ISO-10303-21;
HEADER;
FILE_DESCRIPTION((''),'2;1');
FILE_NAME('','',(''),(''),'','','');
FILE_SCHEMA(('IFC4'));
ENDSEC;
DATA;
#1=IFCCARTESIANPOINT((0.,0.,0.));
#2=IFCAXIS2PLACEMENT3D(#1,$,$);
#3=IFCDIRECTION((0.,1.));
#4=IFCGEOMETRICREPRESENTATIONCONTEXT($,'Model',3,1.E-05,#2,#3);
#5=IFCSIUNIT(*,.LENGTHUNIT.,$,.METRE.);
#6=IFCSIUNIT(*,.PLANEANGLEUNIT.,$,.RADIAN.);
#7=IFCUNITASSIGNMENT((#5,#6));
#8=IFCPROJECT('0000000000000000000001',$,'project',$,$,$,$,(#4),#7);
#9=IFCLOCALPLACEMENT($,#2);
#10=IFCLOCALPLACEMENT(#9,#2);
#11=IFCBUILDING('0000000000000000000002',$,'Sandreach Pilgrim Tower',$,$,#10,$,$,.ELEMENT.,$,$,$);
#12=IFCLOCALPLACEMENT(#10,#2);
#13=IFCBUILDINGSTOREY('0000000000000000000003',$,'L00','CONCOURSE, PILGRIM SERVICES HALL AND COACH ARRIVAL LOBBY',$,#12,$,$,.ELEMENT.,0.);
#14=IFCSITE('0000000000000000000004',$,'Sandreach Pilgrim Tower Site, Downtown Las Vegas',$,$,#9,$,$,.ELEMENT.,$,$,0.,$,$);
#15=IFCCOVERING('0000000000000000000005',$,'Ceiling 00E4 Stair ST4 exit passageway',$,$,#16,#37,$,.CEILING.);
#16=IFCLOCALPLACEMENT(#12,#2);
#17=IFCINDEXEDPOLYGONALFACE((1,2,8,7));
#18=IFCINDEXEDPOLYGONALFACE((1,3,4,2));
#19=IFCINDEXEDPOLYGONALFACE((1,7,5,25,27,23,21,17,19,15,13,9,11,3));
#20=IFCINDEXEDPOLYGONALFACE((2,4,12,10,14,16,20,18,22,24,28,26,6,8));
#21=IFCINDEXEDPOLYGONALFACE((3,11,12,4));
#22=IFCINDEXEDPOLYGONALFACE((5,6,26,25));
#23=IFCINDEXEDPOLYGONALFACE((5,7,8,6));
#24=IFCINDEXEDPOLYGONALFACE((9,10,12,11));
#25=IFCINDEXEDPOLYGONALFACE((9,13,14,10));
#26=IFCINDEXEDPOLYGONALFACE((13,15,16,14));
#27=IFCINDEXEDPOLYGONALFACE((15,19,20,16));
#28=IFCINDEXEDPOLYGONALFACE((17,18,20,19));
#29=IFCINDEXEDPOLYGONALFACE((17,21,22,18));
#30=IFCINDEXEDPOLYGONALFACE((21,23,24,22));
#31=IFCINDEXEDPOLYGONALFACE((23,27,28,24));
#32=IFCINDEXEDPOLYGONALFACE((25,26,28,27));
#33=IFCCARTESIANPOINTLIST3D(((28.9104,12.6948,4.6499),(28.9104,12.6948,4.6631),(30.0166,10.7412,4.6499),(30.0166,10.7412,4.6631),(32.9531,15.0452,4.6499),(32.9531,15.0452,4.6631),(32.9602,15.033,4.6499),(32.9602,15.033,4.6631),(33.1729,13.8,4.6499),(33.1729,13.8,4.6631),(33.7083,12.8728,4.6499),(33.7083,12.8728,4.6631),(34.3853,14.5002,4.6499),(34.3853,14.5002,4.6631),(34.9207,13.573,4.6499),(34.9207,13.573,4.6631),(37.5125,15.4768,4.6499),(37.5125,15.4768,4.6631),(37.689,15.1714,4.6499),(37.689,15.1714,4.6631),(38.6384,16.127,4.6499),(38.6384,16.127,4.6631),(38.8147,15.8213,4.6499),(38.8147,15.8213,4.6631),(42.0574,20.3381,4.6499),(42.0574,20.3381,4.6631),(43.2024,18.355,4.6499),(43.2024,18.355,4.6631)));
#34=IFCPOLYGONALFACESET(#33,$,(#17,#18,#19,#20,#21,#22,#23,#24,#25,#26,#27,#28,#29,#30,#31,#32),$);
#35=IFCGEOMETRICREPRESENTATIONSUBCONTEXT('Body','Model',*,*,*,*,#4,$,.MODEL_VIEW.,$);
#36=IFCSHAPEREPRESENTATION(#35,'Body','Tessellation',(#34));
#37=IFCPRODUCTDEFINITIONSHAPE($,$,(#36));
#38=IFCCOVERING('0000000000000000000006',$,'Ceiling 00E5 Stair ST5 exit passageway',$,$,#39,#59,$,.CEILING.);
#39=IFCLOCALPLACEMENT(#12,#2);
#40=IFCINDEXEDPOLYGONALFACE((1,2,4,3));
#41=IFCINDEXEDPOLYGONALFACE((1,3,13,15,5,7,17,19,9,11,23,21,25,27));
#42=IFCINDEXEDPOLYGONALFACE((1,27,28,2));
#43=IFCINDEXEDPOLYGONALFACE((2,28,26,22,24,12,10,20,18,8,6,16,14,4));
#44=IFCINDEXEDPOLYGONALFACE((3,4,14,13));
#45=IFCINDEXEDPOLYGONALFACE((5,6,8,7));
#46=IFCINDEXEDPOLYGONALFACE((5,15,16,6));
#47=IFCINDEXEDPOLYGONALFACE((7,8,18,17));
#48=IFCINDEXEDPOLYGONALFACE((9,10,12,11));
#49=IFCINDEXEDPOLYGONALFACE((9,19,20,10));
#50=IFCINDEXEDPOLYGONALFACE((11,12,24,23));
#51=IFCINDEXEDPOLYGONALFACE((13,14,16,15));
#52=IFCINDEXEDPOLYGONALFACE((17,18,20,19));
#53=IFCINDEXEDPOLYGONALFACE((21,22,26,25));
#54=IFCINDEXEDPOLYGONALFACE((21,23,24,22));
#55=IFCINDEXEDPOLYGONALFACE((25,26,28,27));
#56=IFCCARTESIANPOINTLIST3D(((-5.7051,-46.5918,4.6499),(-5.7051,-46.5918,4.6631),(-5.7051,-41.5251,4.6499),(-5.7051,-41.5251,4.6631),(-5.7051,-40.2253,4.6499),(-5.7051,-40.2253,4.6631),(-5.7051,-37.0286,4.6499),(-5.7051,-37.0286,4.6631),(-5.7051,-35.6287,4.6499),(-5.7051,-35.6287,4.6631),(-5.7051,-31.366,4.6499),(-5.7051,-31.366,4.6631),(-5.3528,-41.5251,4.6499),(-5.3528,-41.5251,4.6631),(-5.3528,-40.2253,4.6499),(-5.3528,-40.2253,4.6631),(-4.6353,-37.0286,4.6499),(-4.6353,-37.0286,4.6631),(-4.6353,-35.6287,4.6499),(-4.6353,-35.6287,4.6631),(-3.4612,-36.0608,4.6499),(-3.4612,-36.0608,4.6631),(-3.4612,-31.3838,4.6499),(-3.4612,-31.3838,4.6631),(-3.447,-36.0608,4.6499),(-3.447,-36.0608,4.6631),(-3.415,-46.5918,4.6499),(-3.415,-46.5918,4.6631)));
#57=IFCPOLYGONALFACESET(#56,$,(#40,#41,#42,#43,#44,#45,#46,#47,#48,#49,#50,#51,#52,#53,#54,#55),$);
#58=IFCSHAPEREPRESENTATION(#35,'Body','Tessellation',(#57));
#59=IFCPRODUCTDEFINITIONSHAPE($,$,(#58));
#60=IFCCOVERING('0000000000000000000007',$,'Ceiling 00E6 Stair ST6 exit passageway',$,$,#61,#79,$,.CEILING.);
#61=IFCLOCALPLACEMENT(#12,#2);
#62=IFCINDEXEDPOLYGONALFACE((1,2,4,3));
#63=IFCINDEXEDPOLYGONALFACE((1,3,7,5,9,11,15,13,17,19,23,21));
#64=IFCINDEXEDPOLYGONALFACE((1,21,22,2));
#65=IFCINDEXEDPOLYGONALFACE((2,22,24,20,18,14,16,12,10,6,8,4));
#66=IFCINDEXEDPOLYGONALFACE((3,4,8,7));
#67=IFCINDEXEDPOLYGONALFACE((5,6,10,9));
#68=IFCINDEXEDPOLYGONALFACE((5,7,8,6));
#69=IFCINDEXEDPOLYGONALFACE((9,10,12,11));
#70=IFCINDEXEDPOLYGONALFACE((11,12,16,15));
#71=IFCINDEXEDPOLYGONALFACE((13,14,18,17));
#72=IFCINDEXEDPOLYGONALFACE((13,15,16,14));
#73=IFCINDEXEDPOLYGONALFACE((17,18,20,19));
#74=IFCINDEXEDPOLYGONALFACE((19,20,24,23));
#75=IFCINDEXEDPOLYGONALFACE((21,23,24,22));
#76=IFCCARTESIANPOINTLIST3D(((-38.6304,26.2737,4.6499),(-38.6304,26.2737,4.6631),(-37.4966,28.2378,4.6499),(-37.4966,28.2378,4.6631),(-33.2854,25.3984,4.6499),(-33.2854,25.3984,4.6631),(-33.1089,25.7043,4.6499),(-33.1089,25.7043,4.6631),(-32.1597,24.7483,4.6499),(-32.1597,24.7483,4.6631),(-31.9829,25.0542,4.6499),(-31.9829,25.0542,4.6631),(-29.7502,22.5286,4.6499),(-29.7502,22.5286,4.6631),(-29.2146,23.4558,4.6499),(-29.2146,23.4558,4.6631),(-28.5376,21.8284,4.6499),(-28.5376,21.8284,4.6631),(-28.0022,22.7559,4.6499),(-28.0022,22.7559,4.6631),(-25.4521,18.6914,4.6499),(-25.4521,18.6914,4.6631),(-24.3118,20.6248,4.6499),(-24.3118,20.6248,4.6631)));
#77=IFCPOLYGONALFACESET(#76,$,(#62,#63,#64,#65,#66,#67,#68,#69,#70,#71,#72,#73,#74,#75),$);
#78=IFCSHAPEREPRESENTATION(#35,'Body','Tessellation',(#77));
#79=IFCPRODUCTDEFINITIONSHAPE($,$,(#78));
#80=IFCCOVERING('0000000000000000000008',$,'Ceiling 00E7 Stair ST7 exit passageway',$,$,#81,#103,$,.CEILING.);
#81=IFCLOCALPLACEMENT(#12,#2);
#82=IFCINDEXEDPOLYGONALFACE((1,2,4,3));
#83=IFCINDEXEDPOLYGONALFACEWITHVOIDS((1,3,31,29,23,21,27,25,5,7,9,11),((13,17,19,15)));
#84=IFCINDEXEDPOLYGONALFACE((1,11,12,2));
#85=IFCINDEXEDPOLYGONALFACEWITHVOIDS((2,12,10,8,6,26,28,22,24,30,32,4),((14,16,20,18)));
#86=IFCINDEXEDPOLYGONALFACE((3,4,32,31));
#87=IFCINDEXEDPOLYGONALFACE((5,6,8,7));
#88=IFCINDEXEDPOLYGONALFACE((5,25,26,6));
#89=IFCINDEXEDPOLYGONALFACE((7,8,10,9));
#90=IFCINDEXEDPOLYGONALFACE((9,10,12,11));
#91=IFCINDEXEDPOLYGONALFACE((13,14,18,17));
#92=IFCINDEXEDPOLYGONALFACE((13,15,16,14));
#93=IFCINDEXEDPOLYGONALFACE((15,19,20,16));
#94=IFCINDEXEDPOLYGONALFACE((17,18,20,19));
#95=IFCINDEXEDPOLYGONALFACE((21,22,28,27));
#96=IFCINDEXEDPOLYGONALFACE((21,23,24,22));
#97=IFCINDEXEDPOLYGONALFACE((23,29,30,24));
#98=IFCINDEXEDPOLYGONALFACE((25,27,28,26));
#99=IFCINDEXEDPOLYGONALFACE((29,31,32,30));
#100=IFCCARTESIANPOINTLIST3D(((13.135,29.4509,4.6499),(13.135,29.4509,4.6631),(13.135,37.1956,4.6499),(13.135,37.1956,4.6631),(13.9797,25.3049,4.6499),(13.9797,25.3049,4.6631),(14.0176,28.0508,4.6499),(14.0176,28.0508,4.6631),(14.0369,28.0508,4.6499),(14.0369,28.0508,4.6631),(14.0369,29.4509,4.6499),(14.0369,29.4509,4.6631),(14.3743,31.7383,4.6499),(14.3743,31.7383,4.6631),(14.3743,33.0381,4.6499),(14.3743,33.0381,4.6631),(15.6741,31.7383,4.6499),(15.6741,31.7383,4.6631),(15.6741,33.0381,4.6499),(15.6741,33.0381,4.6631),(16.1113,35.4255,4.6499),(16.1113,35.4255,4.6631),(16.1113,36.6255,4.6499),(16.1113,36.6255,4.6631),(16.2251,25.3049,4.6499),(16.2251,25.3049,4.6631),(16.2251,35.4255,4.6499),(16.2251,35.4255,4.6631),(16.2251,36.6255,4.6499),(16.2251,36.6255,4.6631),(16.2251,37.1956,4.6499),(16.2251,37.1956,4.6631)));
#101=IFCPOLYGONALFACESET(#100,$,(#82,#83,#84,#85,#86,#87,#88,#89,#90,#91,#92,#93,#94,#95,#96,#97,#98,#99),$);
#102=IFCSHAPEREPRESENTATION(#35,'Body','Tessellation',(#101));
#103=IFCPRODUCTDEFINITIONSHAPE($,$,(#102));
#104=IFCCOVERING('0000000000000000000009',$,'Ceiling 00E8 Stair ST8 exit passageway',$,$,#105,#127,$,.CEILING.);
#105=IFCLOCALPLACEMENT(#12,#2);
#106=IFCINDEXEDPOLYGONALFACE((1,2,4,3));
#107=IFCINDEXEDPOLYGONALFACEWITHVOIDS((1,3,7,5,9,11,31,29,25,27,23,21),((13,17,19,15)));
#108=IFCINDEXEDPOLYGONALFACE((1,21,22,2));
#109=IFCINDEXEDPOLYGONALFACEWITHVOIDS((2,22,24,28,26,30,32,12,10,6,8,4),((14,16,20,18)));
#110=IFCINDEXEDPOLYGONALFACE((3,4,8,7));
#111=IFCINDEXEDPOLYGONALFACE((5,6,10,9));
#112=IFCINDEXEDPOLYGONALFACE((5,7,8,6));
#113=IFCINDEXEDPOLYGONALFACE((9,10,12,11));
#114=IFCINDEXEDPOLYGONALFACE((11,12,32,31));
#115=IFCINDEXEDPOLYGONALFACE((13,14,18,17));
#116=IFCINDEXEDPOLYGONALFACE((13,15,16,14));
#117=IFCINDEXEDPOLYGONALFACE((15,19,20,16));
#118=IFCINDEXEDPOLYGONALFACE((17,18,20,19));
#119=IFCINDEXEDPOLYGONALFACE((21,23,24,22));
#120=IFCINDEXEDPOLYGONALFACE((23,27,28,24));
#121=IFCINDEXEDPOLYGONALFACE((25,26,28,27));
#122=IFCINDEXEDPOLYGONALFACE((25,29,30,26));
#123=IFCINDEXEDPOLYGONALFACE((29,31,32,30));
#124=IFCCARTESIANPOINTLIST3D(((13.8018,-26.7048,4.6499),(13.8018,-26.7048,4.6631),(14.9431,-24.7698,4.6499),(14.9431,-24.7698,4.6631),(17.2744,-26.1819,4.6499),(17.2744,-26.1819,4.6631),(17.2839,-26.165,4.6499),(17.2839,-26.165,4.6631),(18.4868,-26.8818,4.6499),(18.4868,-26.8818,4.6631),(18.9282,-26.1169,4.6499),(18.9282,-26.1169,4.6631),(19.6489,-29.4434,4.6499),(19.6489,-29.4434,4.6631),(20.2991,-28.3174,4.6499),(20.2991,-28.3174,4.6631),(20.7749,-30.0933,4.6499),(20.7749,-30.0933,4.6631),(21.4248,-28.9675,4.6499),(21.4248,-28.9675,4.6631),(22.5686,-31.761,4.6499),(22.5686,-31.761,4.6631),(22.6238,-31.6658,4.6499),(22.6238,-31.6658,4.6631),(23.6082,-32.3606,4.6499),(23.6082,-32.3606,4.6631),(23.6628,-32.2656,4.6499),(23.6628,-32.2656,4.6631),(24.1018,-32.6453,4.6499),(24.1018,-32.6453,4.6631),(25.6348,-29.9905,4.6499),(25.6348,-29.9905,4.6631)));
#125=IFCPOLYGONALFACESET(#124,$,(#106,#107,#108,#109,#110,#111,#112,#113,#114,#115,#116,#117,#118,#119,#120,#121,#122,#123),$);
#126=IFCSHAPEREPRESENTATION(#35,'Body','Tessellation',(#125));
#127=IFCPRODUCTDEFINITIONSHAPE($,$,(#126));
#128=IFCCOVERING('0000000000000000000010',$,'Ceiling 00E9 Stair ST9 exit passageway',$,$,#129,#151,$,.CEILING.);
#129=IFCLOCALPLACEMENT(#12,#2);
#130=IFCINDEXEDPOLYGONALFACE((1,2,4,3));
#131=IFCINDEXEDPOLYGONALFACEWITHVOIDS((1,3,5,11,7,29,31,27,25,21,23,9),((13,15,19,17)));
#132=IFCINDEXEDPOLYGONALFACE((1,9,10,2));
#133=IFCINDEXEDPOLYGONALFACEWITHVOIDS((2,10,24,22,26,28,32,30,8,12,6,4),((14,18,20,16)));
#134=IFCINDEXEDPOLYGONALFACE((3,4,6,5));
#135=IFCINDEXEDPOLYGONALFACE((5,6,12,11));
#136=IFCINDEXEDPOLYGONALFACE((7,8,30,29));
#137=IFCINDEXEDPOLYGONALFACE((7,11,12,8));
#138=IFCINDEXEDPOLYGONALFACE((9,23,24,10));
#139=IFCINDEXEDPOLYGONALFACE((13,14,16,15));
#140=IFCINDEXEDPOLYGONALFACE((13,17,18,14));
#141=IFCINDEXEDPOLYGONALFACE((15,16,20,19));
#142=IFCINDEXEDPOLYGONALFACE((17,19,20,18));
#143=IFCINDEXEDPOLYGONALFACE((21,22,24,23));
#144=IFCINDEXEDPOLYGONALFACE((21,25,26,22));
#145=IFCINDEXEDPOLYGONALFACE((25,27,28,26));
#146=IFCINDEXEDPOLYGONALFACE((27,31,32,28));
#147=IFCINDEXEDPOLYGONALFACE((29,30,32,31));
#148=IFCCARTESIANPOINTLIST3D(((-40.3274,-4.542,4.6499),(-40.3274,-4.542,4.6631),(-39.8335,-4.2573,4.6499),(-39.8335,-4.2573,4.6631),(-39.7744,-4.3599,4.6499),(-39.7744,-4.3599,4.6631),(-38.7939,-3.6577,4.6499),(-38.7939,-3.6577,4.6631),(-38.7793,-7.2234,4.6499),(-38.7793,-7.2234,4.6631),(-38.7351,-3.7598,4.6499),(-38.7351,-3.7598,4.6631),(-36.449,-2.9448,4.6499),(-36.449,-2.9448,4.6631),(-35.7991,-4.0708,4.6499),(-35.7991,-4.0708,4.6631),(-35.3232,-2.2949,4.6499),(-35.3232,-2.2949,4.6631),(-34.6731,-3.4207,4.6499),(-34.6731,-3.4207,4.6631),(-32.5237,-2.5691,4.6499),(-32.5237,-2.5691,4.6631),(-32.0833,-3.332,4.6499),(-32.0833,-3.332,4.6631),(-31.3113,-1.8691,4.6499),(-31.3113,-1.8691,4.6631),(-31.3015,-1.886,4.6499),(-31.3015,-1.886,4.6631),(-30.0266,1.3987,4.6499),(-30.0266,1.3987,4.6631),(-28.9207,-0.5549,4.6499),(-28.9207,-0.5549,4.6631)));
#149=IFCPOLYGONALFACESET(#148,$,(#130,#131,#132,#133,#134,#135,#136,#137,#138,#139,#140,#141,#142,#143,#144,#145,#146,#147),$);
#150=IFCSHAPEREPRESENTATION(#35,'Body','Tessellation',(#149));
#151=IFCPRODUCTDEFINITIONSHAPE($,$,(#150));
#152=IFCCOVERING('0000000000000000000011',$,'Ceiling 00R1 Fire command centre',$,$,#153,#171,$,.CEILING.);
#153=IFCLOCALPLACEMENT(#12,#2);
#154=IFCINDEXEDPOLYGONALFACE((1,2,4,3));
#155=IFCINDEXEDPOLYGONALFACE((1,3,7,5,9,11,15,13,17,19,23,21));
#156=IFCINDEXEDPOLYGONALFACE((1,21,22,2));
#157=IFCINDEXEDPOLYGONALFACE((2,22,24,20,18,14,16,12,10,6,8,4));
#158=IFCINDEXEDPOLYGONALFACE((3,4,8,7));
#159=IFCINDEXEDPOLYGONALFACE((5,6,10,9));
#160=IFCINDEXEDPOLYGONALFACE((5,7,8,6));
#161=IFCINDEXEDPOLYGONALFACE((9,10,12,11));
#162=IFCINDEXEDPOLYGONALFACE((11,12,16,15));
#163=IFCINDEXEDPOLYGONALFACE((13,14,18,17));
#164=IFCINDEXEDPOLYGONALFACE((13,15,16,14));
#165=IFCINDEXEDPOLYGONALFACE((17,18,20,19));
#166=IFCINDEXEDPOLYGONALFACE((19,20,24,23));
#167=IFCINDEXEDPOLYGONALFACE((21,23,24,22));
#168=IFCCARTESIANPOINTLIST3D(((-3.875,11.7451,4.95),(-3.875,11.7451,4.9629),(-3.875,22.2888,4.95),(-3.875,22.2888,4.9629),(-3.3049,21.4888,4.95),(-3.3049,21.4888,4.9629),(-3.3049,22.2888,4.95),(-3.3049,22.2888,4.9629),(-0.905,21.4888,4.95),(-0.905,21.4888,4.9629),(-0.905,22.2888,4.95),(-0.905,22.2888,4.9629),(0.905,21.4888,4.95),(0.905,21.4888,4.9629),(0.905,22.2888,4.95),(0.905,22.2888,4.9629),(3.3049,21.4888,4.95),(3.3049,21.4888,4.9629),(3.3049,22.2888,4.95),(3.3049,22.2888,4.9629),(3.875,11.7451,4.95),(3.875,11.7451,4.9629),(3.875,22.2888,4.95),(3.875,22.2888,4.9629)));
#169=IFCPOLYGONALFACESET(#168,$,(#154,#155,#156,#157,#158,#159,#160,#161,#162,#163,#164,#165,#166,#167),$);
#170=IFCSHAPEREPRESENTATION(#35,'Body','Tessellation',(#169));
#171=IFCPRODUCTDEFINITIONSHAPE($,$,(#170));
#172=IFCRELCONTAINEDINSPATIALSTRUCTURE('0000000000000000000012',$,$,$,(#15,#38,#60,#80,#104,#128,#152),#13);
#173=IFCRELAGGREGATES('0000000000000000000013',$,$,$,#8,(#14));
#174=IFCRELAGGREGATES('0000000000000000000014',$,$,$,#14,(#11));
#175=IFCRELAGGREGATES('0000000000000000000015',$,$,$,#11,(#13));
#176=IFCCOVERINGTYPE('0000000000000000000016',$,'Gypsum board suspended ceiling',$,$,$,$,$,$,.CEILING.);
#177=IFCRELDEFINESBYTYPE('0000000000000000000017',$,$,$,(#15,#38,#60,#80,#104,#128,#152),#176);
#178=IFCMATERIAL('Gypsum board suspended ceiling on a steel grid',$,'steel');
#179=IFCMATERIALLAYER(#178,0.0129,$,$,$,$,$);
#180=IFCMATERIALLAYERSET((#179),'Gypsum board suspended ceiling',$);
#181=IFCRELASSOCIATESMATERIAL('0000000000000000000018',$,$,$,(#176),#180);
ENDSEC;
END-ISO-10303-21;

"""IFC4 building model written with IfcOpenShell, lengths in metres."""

from ifc_helpers import new_model, si_unit, direction, frame, origin, place, context, subcontext, project, spatial, polyline, outline, extrude, material, layer, layer_set, type_object, element, save


model = new_model("IFC4")

# Units and contexts
model_context = context("Model", 3, precision=1e-05, world=origin(), true_north=direction((0.0, 1.0)))
body_context = subcontext(model_context, "Body", "Model", "MODEL_VIEW")
ifc_project = project(units=[si_unit("LENGTHUNIT", "METRE"), si_unit("PLANEANGLEUNIT", "RADIAN")], contexts=[model_context])

# Site, building, storey
site_placement = place(None, origin())
site = spatial("IfcSite", under=ifc_project, at=site_placement, Name="Sandreach Pilgrim Tower Site, Downtown Las Vegas", CompositionType="ELEMENT", RefElevation=0.0)
building_placement = place(site_placement, origin())
building = spatial("IfcBuilding", under=site, at=building_placement, Name="Sandreach Pilgrim Tower", CompositionType="ELEMENT")
storey_placement = place(building_placement, origin())
storey = spatial("IfcBuildingStorey", under=building, at=storey_placement, Name="L00", Description="CONCOURSE, PILGRIM SERVICES HALL AND COACH ARRIVAL LOBBY", CompositionType="ELEMENT", Elevation=0.0)

# Coverings
ifc_material_1 = material(Name="Gypsum board suspended ceiling on a steel grid", Category="steel")
ifc_layer_1 = layer(ifc_material_1, 0.0129)
ifc_layer_set_1 = layer_set([ifc_layer_1], Name="Gypsum board suspended ceiling")
covering_type_1 = type_object("IfcCoveringType", Name="Gypsum board suspended ceiling", PredefinedType="CEILING", material=ifc_layer_set_1)
covering_1_placement = place(storey_placement, frame((0.0, 0.0, 4.6499)))
element("IfcCovering", 1, at=covering_1_placement, inside=storey, type_object=covering_type_1, Name="Ceiling 00E4 Stair ST4 exit passageway", PredefinedType="CEILING", context=body_context, shape_type="SweptSolid", body=[
    extrude(outline(polyline([(42.0574, 20.3381), (43.2024, 18.355), (38.8147, 15.8213), (38.6384, 16.127), (37.5125, 15.4768), (37.689, 15.1714), (34.9207, 13.573), (34.3853, 14.5002), (33.1729, 13.8), (33.7083, 12.8728), (30.0166, 10.7412), (28.9104, 12.6948), (32.9602, 15.033), (32.9531, 15.0452), (42.0574, 20.3381)])), origin(), (0.0, 0.0, 1.0), 0.0132),
])
covering_2_placement = place(storey_placement, frame((0.0, 0.0, 4.6499)))
element("IfcCovering", 2, at=covering_2_placement, inside=storey, type_object=covering_type_1, Name="Ceiling 00E5 Stair ST5 exit passageway", PredefinedType="CEILING", context=body_context, shape_type="SweptSolid", body=[
    extrude(outline(polyline([(-3.415, -46.5918), (-5.7051, -46.5918), (-5.7051, -41.5251), (-5.3528, -41.5251), (-5.3528, -40.2253), (-5.7051, -40.2253), (-5.7051, -37.0286), (-4.6353, -37.0286), (-4.6353, -35.6287), (-5.7051, -35.6287), (-5.7051, -31.366), (-3.4612, -31.3838), (-3.4612, -36.0608), (-3.447, -36.0608), (-3.415, -46.5918)])), origin(), (0.0, 0.0, 1.0), 0.0132),
])
covering_3_placement = place(storey_placement, frame((0.0, 0.0, 4.6499)))
element("IfcCovering", 3, at=covering_3_placement, inside=storey, type_object=covering_type_1, Name="Ceiling 00E6 Stair ST6 exit passageway", PredefinedType="CEILING", context=body_context, shape_type="SweptSolid", body=[
    extrude(outline(polyline([(-38.6304, 26.2737), (-37.4966, 28.2378), (-33.1089, 25.7043), (-33.2854, 25.3984), (-32.1597, 24.7483), (-31.9829, 25.0542), (-29.2146, 23.4558), (-29.7502, 22.5286), (-28.5376, 21.8284), (-28.0022, 22.7559), (-24.3118, 20.6248), (-25.4521, 18.6914), (-38.6304, 26.2737)])), origin(), (0.0, 0.0, 1.0), 0.0132),
])
covering_4_placement = place(storey_placement, frame((0.0, 0.0, 4.6499)))
element("IfcCovering", 4, at=covering_4_placement, inside=storey, type_object=covering_type_1, Name="Ceiling 00E7 Stair ST7 exit passageway", PredefinedType="CEILING", context=body_context, shape_type="SweptSolid", body=[
    extrude(outline(polyline([(14.0176, 28.0508), (14.0369, 28.0508), (14.0369, 29.4509), (13.135, 29.4509), (13.135, 37.1956), (16.2251, 37.1956), (16.2251, 36.6255), (16.1113, 36.6255), (16.1113, 35.4255), (16.2251, 35.4255), (16.2251, 25.3049), (13.9797, 25.3049), (14.0176, 28.0508)]), holes=[polyline([(14.3743, 33.0381), (14.3743, 31.7383), (15.6741, 31.7383), (15.6741, 33.0381), (14.3743, 33.0381)])]), origin(), (0.0, 0.0, 1.0), 0.0132),
])
covering_5_placement = place(storey_placement, frame((0.0, 0.0, 4.6499)))
element("IfcCovering", 5, at=covering_5_placement, inside=storey, type_object=covering_type_1, Name="Ceiling 00E8 Stair ST8 exit passageway", PredefinedType="CEILING", context=body_context, shape_type="SweptSolid", body=[
    extrude(outline(polyline([(17.2839, -26.165), (17.2744, -26.1819), (18.4868, -26.8818), (18.9282, -26.1169), (25.6348, -29.9905), (24.1018, -32.6453), (23.6082, -32.3606), (23.6628, -32.2656), (22.6238, -31.6658), (22.5686, -31.761), (13.8018, -26.7048), (14.9431, -24.7698), (17.2839, -26.165)]), holes=[polyline([(20.7749, -30.0933), (21.4248, -28.9675), (20.2991, -28.3174), (19.6489, -29.4434), (20.7749, -30.0933)])]), origin(), (0.0, 0.0, 1.0), 0.0132),
])
covering_6_placement = place(storey_placement, frame((0.0, 0.0, 4.6499)))
element("IfcCovering", 6, at=covering_6_placement, inside=storey, type_object=covering_type_1, Name="Ceiling 00E9 Stair ST9 exit passageway", PredefinedType="CEILING", context=body_context, shape_type="SweptSolid", body=[
    extrude(outline(polyline([(-39.7744, -4.3599), (-38.7351, -3.7598), (-38.7939, -3.6577), (-30.0266, 1.3987), (-28.9207, -0.5549), (-31.3015, -1.886), (-31.3113, -1.8691), (-32.5237, -2.5691), (-32.0833, -3.332), (-38.7793, -7.2234), (-40.3274, -4.542), (-39.8335, -4.2573), (-39.7744, -4.3599)]), holes=[polyline([(-36.449, -2.9448), (-35.7991, -4.0708), (-34.6731, -3.4207), (-35.3232, -2.2949), (-36.449, -2.9448)])]), origin(), (0.0, 0.0, 1.0), 0.0132),
])
covering_7_placement = place(storey_placement, frame((0.0, 0.0, 4.95)))
element("IfcCovering", 7, at=covering_7_placement, inside=storey, type_object=covering_type_1, Name="Ceiling 00R1 Fire command centre", PredefinedType="CEILING", context=body_context, shape_type="SweptSolid", body=[
    extrude(outline(polyline([(0.905, 21.4888), (3.3049, 21.4888), (3.3049, 22.2888), (3.875, 22.2888), (3.875, 11.7451), (-3.875, 11.7451), (-3.875, 22.2888), (-3.3049, 22.2888), (-3.3049, 21.4888), (-0.905, 21.4888), (-0.905, 22.2888), (0.905, 22.2888), (0.905, 21.4888)])), origin(), (0.0, 0.0, 1.0), 0.0129),
])

save(model, "model.ifc")
